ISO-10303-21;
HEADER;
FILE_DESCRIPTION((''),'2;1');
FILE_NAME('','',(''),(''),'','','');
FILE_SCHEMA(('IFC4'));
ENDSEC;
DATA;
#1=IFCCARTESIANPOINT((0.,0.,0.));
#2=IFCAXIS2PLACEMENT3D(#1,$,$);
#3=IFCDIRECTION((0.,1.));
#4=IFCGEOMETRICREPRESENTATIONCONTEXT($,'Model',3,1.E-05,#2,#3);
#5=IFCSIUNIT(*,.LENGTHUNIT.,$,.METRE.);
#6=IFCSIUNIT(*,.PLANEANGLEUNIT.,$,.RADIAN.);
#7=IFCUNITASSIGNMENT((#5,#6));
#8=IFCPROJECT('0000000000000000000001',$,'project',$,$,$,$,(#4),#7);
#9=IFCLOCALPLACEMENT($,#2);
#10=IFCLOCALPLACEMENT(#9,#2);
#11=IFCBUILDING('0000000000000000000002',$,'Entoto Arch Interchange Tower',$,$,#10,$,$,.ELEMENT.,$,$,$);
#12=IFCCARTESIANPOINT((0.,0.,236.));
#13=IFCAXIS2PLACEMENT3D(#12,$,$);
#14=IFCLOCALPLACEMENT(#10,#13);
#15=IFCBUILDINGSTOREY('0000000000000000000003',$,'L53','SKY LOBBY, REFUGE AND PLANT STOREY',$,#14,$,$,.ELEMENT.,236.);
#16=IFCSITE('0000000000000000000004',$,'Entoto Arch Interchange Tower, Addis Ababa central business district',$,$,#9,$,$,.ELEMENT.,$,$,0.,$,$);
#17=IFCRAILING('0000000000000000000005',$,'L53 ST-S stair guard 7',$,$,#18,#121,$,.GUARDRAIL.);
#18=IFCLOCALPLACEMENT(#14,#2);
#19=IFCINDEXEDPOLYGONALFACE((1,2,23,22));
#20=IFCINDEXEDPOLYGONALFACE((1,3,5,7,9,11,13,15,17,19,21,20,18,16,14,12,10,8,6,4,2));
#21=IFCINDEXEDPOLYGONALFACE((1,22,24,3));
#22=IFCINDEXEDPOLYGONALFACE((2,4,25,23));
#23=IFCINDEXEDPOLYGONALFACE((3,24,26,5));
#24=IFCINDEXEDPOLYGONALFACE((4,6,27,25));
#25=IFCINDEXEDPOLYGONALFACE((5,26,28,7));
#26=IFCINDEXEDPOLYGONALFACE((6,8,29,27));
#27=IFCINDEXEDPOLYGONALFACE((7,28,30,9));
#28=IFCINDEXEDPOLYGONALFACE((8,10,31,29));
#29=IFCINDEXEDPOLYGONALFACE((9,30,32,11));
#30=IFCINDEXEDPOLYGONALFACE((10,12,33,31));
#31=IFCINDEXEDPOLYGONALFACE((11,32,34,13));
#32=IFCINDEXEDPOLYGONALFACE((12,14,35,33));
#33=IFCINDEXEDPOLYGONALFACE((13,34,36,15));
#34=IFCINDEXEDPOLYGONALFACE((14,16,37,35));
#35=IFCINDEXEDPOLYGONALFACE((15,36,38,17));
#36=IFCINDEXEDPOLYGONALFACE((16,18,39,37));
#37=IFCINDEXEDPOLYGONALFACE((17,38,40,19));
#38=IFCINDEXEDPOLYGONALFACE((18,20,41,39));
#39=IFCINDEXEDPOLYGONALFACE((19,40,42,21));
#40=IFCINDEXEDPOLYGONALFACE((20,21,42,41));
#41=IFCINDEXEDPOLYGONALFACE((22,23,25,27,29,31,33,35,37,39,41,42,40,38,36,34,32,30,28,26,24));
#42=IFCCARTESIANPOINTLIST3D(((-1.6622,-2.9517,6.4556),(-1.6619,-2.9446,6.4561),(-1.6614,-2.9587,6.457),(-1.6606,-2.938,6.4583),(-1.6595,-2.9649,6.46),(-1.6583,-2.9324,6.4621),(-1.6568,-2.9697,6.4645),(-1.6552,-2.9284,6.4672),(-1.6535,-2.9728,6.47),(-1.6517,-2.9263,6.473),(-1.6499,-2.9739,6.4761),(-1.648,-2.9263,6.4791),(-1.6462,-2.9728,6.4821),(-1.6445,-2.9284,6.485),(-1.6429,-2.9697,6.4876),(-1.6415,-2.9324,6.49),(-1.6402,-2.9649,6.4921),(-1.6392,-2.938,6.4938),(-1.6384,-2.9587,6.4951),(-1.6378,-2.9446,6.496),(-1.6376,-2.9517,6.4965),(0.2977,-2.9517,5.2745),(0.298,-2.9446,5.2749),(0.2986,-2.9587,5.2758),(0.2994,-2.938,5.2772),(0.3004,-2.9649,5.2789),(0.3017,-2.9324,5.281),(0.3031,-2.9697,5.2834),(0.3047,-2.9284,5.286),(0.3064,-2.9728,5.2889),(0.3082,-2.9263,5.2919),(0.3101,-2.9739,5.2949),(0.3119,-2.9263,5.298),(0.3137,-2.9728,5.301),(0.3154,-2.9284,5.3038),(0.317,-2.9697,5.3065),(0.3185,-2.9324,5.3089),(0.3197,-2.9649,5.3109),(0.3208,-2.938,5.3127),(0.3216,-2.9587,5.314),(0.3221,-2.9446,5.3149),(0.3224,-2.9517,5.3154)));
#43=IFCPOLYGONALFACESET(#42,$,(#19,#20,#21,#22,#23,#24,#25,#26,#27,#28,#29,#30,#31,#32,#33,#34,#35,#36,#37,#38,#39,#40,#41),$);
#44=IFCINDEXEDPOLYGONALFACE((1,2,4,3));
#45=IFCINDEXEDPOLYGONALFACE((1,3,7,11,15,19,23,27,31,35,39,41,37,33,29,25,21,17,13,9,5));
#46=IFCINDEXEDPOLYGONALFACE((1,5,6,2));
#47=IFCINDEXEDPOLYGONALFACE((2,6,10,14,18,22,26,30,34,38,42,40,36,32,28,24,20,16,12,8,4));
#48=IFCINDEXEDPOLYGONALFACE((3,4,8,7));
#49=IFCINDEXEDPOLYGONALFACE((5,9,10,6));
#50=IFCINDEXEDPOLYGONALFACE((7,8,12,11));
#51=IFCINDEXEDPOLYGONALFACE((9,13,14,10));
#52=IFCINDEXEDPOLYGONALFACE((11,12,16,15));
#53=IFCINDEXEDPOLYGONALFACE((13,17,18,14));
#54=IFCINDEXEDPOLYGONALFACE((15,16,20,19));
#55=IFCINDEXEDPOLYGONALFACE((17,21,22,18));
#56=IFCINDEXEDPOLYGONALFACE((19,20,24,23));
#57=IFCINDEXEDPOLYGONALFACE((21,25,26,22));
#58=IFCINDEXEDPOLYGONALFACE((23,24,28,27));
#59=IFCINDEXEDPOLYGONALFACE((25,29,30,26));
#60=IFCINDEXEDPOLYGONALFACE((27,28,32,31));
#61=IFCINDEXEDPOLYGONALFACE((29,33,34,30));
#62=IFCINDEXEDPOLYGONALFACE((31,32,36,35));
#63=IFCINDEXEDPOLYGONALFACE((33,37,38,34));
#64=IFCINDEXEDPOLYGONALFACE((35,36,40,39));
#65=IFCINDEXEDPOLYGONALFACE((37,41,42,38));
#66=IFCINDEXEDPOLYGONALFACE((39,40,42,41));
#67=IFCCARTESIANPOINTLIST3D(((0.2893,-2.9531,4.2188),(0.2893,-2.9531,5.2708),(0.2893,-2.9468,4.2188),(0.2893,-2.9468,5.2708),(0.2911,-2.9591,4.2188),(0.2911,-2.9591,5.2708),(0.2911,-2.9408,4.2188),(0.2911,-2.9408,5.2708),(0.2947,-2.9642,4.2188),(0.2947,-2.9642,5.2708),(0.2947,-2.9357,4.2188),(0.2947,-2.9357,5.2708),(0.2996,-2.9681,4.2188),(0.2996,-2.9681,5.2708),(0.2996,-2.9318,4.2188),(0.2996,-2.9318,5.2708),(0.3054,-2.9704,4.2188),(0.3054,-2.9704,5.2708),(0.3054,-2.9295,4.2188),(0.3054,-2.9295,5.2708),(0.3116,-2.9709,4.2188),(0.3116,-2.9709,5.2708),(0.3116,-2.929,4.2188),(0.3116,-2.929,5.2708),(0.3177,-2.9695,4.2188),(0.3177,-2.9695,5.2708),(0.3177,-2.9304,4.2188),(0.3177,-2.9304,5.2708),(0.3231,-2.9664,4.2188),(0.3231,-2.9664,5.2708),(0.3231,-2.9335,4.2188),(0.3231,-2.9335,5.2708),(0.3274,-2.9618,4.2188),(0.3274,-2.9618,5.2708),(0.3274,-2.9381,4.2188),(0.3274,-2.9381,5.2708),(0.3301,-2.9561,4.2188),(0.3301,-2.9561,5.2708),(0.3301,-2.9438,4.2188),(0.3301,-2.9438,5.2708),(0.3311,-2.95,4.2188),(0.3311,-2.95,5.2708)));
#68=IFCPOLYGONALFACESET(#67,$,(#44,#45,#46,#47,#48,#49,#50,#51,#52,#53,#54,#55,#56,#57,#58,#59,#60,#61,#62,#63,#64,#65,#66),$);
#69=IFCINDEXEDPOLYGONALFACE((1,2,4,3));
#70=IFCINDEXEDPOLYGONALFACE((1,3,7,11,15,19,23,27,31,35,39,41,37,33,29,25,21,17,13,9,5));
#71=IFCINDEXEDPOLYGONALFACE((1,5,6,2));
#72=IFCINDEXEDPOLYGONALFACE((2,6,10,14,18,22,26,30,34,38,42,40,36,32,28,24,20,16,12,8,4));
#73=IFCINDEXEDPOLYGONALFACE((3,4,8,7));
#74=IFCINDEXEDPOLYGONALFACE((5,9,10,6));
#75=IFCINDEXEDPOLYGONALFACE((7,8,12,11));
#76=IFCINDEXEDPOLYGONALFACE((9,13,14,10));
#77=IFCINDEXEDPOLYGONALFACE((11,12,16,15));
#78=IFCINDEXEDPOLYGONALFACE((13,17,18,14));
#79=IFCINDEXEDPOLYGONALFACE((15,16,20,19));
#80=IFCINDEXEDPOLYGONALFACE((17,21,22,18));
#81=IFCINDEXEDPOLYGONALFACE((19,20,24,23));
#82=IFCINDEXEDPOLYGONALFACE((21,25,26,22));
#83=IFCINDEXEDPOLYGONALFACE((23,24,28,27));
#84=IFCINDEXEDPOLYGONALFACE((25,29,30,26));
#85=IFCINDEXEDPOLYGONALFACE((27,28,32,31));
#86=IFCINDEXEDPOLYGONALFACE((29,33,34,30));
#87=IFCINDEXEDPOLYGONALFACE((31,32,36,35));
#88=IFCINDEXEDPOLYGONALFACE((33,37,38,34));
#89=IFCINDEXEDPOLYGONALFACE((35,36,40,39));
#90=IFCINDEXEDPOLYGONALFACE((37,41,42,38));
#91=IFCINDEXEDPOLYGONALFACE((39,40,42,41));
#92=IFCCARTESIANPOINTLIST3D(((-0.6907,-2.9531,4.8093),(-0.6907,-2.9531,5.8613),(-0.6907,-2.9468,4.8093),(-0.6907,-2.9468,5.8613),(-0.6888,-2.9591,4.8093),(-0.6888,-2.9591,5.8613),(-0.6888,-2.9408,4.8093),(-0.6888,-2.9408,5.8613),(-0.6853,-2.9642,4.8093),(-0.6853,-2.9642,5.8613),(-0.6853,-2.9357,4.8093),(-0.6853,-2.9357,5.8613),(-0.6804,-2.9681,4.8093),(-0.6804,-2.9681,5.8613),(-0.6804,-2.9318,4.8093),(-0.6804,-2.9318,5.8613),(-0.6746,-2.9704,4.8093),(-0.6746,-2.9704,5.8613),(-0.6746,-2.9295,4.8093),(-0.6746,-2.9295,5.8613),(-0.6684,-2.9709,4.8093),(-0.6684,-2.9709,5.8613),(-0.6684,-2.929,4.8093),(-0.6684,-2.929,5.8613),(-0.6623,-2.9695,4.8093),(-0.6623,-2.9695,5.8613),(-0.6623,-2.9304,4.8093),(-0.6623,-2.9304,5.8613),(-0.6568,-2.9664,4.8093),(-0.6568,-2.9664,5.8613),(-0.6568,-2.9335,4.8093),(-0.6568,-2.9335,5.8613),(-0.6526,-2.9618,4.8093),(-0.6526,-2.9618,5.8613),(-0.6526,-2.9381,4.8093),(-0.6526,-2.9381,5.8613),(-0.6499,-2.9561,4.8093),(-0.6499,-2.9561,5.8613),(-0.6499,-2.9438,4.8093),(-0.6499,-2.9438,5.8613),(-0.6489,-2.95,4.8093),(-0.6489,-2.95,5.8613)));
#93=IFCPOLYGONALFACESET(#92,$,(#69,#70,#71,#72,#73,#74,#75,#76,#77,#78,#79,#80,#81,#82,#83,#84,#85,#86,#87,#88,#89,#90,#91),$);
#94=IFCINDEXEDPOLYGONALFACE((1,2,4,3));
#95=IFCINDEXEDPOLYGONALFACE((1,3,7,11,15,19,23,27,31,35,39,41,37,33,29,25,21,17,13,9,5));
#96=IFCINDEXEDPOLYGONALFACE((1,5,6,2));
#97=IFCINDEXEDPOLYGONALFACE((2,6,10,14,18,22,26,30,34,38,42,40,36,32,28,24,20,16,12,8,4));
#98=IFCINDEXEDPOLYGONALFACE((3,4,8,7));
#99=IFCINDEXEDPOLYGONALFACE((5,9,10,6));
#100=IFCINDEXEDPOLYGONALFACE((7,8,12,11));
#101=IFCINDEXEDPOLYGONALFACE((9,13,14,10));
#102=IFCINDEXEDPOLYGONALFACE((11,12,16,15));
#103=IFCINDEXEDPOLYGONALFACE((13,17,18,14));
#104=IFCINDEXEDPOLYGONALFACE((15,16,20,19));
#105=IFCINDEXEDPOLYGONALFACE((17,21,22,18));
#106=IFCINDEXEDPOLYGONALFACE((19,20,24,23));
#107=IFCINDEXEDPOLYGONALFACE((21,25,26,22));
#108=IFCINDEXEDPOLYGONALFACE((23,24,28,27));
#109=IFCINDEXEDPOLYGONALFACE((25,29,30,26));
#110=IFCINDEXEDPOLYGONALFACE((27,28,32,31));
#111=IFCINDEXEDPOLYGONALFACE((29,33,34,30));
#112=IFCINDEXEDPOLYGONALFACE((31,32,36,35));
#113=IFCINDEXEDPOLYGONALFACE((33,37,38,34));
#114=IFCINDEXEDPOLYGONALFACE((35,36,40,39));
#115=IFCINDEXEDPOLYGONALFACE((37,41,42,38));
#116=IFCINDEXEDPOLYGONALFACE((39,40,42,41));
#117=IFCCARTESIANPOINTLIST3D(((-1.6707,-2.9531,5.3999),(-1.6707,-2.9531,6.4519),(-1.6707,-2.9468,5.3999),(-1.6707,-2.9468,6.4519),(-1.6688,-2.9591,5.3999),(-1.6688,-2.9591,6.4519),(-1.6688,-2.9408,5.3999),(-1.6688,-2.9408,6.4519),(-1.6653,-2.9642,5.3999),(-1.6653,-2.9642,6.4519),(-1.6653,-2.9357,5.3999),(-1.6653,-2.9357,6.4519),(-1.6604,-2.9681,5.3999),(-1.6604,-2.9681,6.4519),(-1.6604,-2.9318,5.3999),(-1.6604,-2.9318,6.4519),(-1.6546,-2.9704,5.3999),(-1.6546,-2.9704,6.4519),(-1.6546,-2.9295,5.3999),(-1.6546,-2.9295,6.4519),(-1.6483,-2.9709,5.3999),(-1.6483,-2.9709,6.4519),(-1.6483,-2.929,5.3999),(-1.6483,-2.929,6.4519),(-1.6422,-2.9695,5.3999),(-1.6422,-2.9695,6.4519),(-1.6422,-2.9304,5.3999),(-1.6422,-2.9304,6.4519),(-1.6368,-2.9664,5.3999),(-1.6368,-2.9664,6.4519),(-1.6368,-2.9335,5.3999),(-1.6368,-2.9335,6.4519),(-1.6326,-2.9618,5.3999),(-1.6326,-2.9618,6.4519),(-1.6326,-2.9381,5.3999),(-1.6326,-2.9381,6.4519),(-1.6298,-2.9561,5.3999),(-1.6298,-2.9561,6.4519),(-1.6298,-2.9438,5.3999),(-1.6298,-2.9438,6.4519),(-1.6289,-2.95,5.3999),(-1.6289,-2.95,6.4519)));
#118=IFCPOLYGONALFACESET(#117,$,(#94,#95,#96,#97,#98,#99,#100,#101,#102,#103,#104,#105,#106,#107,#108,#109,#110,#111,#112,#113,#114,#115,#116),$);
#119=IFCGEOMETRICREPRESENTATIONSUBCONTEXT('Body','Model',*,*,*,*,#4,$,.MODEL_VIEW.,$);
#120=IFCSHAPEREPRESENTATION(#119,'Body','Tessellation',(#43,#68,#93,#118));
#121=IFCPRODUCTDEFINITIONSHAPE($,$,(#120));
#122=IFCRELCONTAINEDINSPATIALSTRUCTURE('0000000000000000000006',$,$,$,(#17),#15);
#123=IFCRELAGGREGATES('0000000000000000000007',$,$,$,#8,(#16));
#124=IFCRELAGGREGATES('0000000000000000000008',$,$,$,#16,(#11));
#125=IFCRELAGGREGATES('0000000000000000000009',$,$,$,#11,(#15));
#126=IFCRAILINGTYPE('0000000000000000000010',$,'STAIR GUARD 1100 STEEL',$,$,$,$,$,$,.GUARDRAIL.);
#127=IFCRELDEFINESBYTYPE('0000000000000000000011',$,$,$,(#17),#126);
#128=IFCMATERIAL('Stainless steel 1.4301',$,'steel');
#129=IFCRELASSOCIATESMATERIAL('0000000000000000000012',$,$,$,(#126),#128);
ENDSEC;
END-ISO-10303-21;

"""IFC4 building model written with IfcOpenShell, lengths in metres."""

from ifc_helpers import new_model, si_unit, direction, frame, origin, origin_2d, place, context, subcontext, project, spatial, circle, extrude, material, type_object, element, save


model = new_model("IFC4")

# Units and contexts
model_context = context("Model", 3, precision=1e-05, world=origin(), true_north=direction((0.0, 1.0)))
body_context = subcontext(model_context, "Body", "Model", "MODEL_VIEW")
ifc_project = project(units=[si_unit("LENGTHUNIT", "METRE"), si_unit("PLANEANGLEUNIT", "RADIAN")], contexts=[model_context])

# Site, building, storey
site_placement = place(None, origin())
site = spatial("IfcSite", under=ifc_project, at=site_placement, Name="Entoto Arch Interchange Tower, Addis Ababa central business district", CompositionType="ELEMENT", RefElevation=0.0)
building_placement = place(site_placement, origin())
building = spatial("IfcBuilding", under=site, at=building_placement, Name="Entoto Arch Interchange Tower", CompositionType="ELEMENT")
storey_placement = place(building_placement, frame((0.0, 0.0, 236.0)))
storey = spatial("IfcBuildingStorey", under=building, at=storey_placement, Name="L53", Description="SKY LOBBY, REFUGE AND PLANT STOREY", CompositionType="ELEMENT", Elevation=236.0)

# Railing
ifc_material_1 = material(Name="Stainless steel 1.4301", Category="steel")
railing_type = type_object("IfcRailingType", Name="STAIR GUARD 1100 STEEL", PredefinedType="GUARDRAIL", material=ifc_material_1)
railing_1_placement = place(storey_placement, frame((0.3101, -2.95, 4.2188)))
element("IfcRailing", 1, at=railing_1_placement, inside=storey, type_object=railing_type, Name="L53 ST-S stair guard 7", PredefinedType="GUARDRAIL", context=body_context, shape_type="SweptSolid", body=[
    extrude(circle(Radius=0.0239, at=origin_2d()), frame((0.0, 0.0, 1.0762), z_axis=(-0.856493, 0.0, 0.516158), x_axis=(0.0, -1.0, 0.0)), (0.0, 0.0, 1.0), 2.2883),
    extrude(circle(Radius=0.021, at=origin_2d()), origin(), (0.0, 0.0, 1.0), 1.052),
    extrude(circle(Radius=0.021, at=origin_2d()), frame((-0.98, 0.0, 0.5906)), (0.0, 0.0, 1.0), 1.052),
    extrude(circle(Radius=0.021, at=origin_2d()), frame((-1.96, 0.0, 1.1812)), (0.0, 0.0, 1.0), 1.052),
])

save(model, "model.ifc")
